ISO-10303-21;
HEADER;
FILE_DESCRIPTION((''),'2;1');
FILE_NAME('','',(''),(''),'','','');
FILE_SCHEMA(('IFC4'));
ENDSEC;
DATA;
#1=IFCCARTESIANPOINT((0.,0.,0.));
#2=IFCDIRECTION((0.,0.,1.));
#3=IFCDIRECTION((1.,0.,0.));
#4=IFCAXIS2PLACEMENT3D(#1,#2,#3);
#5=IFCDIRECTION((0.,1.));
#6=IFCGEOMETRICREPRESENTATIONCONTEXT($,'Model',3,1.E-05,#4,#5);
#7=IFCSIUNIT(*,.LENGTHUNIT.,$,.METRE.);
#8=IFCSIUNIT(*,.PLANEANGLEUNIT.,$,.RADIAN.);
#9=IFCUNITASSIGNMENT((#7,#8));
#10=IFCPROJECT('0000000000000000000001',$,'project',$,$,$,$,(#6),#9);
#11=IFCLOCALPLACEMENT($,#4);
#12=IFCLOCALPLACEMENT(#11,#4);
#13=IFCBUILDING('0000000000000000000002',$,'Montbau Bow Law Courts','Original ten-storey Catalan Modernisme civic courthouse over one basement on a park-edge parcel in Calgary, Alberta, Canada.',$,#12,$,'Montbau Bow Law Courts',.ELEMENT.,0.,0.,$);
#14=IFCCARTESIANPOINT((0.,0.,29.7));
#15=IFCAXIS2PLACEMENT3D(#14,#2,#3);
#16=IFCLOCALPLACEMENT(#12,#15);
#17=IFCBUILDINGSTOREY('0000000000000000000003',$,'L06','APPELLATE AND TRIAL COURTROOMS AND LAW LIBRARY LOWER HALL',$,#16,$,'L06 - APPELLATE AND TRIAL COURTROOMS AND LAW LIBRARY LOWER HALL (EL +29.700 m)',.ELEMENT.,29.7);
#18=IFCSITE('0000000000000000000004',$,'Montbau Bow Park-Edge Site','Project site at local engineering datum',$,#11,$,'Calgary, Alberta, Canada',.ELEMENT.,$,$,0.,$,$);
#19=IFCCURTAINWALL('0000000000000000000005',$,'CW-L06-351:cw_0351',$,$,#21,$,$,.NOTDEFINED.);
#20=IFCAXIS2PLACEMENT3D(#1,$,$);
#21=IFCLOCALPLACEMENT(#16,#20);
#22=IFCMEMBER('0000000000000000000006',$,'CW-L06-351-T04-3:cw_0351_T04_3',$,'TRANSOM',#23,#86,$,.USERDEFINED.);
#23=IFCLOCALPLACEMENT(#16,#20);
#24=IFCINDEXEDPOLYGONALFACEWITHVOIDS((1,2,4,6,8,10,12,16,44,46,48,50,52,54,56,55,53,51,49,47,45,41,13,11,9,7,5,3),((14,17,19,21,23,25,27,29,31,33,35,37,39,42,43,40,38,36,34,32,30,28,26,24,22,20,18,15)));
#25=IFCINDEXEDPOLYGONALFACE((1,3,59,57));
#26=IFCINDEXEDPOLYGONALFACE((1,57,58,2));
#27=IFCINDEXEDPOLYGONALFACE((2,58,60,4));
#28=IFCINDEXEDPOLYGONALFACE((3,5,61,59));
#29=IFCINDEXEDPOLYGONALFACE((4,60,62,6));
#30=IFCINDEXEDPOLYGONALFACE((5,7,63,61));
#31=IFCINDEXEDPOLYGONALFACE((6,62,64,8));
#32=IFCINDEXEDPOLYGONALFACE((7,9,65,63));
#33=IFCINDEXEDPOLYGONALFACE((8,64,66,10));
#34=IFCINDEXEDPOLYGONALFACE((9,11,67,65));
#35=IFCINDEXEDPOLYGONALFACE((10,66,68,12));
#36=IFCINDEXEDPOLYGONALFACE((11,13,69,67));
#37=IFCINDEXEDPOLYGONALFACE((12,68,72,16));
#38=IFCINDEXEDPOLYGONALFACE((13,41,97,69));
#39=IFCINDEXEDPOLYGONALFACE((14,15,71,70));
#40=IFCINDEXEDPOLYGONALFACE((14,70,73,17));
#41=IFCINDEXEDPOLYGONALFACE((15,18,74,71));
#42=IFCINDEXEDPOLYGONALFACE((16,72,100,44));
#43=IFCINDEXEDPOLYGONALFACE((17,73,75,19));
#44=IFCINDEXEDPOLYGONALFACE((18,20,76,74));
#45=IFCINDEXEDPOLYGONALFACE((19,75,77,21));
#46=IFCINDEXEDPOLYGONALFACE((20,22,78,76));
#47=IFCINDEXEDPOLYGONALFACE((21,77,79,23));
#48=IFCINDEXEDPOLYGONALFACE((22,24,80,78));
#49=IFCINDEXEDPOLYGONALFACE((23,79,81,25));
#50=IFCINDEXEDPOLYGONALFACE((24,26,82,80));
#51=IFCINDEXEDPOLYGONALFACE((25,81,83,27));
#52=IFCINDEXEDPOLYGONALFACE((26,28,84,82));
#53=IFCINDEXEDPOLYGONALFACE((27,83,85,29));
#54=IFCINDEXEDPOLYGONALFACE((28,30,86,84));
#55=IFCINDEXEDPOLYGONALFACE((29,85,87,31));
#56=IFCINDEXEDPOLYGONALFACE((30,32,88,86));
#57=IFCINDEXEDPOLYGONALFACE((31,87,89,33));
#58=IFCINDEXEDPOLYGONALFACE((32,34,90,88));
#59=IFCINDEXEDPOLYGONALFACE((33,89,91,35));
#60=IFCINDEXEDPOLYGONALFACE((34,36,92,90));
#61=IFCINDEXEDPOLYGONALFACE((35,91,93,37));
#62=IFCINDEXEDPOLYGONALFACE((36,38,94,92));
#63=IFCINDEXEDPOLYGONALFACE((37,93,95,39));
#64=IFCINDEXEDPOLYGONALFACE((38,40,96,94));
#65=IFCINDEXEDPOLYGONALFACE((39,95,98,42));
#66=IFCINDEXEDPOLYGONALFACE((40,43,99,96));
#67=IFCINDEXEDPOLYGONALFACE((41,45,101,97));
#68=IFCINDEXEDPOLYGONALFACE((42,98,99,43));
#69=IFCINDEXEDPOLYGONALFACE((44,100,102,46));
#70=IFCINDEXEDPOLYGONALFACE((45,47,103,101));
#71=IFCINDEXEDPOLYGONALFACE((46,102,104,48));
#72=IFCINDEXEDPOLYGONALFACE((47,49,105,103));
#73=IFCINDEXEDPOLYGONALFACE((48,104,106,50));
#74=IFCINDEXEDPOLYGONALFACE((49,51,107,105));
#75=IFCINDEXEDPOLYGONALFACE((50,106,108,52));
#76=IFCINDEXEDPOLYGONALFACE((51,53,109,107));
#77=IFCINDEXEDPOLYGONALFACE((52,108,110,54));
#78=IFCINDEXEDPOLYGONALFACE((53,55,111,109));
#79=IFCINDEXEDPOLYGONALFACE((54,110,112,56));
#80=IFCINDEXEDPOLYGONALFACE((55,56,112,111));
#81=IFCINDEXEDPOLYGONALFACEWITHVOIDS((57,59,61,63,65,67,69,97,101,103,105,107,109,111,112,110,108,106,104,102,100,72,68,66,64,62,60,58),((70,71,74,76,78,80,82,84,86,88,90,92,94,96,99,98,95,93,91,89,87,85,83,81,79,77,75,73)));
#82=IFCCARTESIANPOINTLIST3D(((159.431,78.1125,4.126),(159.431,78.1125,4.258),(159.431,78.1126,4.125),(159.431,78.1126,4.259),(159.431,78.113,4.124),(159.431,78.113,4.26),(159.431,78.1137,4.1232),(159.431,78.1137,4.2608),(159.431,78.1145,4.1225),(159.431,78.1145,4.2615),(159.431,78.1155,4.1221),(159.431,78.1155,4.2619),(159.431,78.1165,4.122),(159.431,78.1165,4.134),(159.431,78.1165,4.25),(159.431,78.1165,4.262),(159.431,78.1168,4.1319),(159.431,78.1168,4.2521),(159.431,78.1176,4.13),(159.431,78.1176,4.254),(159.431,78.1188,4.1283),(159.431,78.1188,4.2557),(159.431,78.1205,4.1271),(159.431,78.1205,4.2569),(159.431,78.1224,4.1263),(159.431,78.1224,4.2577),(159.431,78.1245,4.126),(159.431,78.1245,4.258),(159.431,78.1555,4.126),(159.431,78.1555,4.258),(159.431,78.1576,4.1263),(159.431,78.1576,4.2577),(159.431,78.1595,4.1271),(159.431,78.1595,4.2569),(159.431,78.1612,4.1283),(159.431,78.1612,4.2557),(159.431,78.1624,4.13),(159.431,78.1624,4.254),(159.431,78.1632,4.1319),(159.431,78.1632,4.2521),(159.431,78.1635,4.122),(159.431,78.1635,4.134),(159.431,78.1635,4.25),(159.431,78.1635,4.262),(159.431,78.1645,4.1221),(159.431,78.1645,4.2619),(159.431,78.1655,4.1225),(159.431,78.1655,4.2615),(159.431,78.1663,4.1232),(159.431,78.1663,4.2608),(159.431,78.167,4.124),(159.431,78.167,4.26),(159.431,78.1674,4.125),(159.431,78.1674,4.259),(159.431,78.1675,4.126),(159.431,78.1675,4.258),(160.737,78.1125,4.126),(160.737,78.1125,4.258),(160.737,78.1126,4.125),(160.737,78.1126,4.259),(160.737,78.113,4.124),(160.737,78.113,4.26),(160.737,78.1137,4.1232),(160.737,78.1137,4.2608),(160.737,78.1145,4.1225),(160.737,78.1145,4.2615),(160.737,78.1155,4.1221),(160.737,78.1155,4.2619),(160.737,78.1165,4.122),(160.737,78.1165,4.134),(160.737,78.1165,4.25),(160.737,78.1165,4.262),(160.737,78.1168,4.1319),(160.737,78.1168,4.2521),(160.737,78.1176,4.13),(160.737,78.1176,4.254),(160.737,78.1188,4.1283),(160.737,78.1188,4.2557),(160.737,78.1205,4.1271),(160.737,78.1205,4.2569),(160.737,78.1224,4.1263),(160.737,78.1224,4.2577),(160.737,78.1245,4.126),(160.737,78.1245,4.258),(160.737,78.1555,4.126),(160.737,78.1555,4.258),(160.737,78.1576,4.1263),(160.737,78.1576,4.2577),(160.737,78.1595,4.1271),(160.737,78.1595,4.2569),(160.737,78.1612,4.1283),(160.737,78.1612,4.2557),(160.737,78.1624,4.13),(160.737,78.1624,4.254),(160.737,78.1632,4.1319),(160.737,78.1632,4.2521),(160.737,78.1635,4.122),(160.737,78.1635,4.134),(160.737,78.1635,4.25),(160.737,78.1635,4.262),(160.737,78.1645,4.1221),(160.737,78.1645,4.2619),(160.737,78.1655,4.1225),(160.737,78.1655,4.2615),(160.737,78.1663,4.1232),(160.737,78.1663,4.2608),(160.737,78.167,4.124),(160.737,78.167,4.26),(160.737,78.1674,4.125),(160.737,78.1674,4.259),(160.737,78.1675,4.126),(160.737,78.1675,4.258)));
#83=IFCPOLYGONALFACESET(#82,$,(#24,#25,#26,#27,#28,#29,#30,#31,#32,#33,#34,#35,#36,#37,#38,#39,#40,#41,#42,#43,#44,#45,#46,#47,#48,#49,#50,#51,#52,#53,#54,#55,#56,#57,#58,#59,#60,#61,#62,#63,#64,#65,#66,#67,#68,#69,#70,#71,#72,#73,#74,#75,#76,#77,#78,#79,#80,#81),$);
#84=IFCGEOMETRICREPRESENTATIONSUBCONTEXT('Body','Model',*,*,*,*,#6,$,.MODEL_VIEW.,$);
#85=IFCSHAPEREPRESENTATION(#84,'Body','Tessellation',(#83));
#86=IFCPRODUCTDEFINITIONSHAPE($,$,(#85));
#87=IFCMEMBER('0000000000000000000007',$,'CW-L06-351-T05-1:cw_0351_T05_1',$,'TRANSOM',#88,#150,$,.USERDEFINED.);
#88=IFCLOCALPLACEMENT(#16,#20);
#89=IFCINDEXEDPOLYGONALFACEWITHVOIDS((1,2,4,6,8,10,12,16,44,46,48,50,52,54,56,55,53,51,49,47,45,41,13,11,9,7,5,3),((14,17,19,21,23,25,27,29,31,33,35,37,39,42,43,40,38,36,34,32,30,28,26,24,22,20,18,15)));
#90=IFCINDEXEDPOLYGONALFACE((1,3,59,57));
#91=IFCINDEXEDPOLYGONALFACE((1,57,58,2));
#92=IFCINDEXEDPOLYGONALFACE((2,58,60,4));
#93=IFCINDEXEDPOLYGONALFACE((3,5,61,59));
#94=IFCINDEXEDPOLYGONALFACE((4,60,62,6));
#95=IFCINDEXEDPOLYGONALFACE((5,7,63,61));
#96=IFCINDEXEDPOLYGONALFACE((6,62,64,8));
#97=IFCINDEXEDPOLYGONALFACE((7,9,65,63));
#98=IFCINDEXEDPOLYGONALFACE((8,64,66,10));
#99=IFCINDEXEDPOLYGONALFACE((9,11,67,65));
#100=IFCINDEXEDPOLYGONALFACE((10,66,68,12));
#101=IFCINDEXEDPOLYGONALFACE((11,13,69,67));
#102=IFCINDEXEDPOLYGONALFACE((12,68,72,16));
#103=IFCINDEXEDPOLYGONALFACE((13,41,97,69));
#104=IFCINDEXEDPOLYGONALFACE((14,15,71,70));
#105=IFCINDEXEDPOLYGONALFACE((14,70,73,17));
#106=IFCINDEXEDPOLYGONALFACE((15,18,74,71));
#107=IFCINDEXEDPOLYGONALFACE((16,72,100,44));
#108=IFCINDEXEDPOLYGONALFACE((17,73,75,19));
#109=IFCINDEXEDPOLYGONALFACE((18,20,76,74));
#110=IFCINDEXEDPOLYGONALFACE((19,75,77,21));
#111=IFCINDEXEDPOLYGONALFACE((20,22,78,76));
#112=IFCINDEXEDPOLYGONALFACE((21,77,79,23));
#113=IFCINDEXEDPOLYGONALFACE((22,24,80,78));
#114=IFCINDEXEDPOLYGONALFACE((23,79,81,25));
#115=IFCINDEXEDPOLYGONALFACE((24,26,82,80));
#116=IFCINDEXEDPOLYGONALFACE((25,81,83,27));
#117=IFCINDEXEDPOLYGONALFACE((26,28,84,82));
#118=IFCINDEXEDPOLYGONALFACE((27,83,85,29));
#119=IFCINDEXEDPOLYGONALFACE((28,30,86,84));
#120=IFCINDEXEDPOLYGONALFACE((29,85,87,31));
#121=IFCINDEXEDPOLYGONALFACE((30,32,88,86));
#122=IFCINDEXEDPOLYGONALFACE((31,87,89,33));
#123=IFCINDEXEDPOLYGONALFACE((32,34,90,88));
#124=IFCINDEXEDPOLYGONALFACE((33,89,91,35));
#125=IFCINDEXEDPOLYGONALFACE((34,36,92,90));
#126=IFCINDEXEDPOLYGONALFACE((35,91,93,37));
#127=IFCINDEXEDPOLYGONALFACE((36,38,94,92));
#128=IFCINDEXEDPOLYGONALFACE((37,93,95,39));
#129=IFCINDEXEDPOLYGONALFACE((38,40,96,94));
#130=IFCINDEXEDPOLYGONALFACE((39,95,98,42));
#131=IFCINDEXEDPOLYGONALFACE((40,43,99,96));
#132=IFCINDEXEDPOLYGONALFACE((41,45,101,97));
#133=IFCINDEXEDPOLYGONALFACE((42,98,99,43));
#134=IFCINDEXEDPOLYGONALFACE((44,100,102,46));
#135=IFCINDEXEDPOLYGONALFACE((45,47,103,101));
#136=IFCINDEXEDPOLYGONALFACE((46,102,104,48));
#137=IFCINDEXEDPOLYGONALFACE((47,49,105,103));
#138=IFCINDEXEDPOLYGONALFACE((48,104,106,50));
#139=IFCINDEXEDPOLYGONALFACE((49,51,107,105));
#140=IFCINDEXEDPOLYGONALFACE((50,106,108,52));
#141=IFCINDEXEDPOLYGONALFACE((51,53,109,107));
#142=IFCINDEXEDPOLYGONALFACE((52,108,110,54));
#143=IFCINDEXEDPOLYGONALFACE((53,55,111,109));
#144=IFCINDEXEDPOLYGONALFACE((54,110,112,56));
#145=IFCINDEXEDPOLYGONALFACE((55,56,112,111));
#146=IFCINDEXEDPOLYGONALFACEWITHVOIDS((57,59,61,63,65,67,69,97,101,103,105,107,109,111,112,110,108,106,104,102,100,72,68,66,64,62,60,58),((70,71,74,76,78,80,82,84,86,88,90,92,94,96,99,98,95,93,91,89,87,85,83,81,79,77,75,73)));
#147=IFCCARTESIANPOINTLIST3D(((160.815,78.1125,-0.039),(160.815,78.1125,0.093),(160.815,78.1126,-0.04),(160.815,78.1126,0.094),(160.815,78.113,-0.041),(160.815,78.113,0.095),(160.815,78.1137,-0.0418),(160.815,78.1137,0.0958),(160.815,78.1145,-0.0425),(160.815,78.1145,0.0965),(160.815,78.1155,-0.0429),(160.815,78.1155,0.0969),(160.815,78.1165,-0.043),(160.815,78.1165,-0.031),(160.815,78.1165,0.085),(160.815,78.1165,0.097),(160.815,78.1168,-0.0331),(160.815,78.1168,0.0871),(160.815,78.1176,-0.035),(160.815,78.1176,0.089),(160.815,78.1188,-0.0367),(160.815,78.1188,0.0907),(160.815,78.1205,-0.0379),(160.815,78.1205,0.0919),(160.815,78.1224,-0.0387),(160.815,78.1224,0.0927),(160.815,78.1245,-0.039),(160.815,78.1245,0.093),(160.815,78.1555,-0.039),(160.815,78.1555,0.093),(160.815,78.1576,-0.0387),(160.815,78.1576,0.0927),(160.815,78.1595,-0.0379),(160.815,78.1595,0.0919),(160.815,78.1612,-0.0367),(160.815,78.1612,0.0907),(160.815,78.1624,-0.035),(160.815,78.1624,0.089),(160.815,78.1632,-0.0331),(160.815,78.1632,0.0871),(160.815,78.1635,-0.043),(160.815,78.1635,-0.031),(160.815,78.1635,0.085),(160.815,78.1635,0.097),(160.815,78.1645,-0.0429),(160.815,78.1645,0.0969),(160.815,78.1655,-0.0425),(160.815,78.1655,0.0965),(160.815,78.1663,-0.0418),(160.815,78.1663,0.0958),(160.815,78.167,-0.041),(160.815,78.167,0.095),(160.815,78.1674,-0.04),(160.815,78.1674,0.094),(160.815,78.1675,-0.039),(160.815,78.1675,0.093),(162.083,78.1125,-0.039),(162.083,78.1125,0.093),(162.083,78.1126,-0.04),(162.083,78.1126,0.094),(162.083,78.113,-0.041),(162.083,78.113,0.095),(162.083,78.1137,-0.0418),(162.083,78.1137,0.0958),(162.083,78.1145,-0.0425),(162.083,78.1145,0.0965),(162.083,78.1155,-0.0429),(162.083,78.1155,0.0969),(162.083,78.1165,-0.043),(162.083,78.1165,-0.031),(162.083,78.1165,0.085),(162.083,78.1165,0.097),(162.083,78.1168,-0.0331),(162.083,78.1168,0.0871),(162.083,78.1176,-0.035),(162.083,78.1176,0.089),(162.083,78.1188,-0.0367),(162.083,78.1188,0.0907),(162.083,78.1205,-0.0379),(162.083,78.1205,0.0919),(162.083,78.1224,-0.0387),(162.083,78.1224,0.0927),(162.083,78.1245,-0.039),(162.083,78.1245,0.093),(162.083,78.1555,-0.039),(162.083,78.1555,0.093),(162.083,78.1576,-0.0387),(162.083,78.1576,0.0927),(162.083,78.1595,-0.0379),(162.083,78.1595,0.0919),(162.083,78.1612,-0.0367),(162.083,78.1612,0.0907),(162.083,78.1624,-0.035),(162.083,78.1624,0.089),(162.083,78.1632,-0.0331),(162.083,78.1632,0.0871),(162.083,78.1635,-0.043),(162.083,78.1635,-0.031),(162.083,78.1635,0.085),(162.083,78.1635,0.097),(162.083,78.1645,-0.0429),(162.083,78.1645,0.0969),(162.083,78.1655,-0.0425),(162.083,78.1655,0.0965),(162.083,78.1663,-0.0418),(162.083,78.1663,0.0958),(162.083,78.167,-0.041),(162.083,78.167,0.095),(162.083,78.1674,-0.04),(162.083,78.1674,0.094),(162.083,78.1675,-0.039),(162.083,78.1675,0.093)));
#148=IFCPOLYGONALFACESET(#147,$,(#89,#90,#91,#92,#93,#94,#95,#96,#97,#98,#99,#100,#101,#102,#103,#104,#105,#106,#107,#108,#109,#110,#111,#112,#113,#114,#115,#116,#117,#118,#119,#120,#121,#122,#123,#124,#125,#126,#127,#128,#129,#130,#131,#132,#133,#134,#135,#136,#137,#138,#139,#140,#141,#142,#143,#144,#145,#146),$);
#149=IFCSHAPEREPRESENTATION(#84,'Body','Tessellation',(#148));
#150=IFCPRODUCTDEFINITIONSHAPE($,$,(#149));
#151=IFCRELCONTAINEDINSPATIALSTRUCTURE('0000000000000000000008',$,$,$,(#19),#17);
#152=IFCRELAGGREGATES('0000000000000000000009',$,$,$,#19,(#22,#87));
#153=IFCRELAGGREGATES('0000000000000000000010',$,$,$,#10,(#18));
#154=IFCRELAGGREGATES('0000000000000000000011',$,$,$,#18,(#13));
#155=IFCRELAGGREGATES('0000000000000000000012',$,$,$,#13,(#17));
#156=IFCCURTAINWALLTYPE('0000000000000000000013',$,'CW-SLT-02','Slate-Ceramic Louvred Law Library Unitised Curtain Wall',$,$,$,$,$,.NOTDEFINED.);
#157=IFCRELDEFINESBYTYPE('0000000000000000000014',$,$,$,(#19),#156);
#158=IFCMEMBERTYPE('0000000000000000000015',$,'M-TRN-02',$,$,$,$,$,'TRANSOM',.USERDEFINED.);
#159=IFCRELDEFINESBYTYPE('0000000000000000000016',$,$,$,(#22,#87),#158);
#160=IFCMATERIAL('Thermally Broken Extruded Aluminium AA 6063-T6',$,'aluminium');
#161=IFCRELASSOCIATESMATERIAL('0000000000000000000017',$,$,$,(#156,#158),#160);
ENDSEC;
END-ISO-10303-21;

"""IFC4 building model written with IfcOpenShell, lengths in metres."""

from ifc_helpers import new_model, si_unit, direction, frame, origin_with_axes, origin_2d_with_axis, place, context, subcontext, project, spatial, hollow_rectangle, extrude, material, material_profile, profile_set, type_object, element, aggregate, save


model = new_model("IFC4")

# Units and contexts
model_context = context("Model", 3, precision=1e-05, world=origin_with_axes(), true_north=direction((0.0, 1.0)))
body_context = subcontext(model_context, "Body", "Model", "MODEL_VIEW")
ifc_project = project(units=[si_unit("LENGTHUNIT", "METRE"), si_unit("PLANEANGLEUNIT", "RADIAN")], contexts=[model_context])

# Site, building, storey
site_placement = place(None, origin_with_axes())
site = spatial("IfcSite", under=ifc_project, at=site_placement, Name="Montbau Bow Park-Edge Site", Description="Project site at local engineering datum", LongName="Calgary, Alberta, Canada", CompositionType="ELEMENT", RefElevation=0.0)
building_placement = place(site_placement, origin_with_axes())
building = spatial("IfcBuilding", under=site, at=building_placement, Name="Montbau Bow Law Courts", Description="Original ten-storey Catalan Modernisme civic courthouse over one basement on a park-edge parcel in Calgary, Alberta, Canada.", LongName="Montbau Bow Law Courts", CompositionType="ELEMENT", ElevationOfRefHeight=0.0, ElevationOfTerrain=0.0)
storey_placement = place(building_placement, frame((0.0, 0.0, 29.7), z_axis=(0.0, 0.0, 1.0), x_axis=(1.0, 0.0, 0.0)))
storey = spatial("IfcBuildingStorey", under=building, at=storey_placement, Name="L06", Description="APPELLATE AND TRIAL COURTROOMS AND LAW LIBRARY LOWER HALL", LongName="L06 - APPELLATE AND TRIAL COURTROOMS AND LAW LIBRARY LOWER HALL (EL +29.700 m)", CompositionType="ELEMENT", Elevation=29.7)

# Curtain wall, members
ifc_material_1 = material(Name="Thermally Broken Extruded Aluminium AA 6063-T6", Category="aluminium")
curtain_wall_type = type_object("IfcCurtainWallType", Name="CW-SLT-02", Description="Slate-Ceramic Louvred Law Library Unitised Curtain Wall", PredefinedType="NOTDEFINED", material=ifc_material_1)
curtain_wall_placement = place(None, frame((155.24, 78.14, 29.7), z_axis=(0.0, 0.0, 1.0), x_axis=(1.0, 0.0, 0.0)))
curtain_wall = element("IfcCurtainWall", 1, at=curtain_wall_placement, inside=storey, type_object=curtain_wall_type, Name="CW-L06-351:cw_0351", PredefinedType="NOTDEFINED")
ifc_material_profile_1 = material_profile(ifc_material_1, hollow_rectangle(XDim=0.055, YDim=0.14, WallThickness=0.004, InnerFilletRadius=0.008, OuterFilletRadius=0.004, at=origin_2d_with_axis()), Name="CWT-140X55", Category="Main", Priority=0)
ifc_profile_set_1 = profile_set([ifc_material_profile_1], Name="Thermally Broken Extruded Aluminium AA 6063-T6")
member_type_1 = type_object("IfcMemberType", Name="M-TRN-02", ElementType="TRANSOM", PredefinedType="USERDEFINED", material=ifc_profile_set_1)
member_1_placement = place(None, frame((159.431, 78.14, 33.892), z_axis=(1.0, 0.0, 0.0), x_axis=(0.0, 1.0, 0.0)))
member_1 = element("IfcMember", 2, at=member_1_placement, type_object=member_type_1, Name="CW-L06-351-T04-3:cw_0351_T04_3", ObjectType="TRANSOM", PredefinedType="USERDEFINED", context=body_context, shape_type="SweptSolid", body=[
    extrude(hollow_rectangle(XDim=0.055, YDim=0.14, WallThickness=0.004, InnerFilletRadius=0.008, OuterFilletRadius=0.004, at=origin_2d_with_axis()), origin_with_axes(), (0.0, 0.0, 1.0), 1.306),
])
member_2_placement = place(None, frame((160.815, 78.14, 29.727), z_axis=(1.0, 0.0, 0.0), x_axis=(0.0, 1.0, 0.0)))
member_2 = element("IfcMember", 3, at=member_2_placement, type_object=member_type_1, Name="CW-L06-351-T05-1:cw_0351_T05_1", ObjectType="TRANSOM", PredefinedType="USERDEFINED", context=body_context, shape_type="SweptSolid", body=[
    extrude(hollow_rectangle(XDim=0.055, YDim=0.14, WallThickness=0.004, InnerFilletRadius=0.008, OuterFilletRadius=0.004, at=origin_2d_with_axis()), origin_with_axes(), (0.0, 0.0, 1.0), 1.268),
])
aggregate(curtain_wall, [member_1, member_2])

save(model, "model.ifc")
